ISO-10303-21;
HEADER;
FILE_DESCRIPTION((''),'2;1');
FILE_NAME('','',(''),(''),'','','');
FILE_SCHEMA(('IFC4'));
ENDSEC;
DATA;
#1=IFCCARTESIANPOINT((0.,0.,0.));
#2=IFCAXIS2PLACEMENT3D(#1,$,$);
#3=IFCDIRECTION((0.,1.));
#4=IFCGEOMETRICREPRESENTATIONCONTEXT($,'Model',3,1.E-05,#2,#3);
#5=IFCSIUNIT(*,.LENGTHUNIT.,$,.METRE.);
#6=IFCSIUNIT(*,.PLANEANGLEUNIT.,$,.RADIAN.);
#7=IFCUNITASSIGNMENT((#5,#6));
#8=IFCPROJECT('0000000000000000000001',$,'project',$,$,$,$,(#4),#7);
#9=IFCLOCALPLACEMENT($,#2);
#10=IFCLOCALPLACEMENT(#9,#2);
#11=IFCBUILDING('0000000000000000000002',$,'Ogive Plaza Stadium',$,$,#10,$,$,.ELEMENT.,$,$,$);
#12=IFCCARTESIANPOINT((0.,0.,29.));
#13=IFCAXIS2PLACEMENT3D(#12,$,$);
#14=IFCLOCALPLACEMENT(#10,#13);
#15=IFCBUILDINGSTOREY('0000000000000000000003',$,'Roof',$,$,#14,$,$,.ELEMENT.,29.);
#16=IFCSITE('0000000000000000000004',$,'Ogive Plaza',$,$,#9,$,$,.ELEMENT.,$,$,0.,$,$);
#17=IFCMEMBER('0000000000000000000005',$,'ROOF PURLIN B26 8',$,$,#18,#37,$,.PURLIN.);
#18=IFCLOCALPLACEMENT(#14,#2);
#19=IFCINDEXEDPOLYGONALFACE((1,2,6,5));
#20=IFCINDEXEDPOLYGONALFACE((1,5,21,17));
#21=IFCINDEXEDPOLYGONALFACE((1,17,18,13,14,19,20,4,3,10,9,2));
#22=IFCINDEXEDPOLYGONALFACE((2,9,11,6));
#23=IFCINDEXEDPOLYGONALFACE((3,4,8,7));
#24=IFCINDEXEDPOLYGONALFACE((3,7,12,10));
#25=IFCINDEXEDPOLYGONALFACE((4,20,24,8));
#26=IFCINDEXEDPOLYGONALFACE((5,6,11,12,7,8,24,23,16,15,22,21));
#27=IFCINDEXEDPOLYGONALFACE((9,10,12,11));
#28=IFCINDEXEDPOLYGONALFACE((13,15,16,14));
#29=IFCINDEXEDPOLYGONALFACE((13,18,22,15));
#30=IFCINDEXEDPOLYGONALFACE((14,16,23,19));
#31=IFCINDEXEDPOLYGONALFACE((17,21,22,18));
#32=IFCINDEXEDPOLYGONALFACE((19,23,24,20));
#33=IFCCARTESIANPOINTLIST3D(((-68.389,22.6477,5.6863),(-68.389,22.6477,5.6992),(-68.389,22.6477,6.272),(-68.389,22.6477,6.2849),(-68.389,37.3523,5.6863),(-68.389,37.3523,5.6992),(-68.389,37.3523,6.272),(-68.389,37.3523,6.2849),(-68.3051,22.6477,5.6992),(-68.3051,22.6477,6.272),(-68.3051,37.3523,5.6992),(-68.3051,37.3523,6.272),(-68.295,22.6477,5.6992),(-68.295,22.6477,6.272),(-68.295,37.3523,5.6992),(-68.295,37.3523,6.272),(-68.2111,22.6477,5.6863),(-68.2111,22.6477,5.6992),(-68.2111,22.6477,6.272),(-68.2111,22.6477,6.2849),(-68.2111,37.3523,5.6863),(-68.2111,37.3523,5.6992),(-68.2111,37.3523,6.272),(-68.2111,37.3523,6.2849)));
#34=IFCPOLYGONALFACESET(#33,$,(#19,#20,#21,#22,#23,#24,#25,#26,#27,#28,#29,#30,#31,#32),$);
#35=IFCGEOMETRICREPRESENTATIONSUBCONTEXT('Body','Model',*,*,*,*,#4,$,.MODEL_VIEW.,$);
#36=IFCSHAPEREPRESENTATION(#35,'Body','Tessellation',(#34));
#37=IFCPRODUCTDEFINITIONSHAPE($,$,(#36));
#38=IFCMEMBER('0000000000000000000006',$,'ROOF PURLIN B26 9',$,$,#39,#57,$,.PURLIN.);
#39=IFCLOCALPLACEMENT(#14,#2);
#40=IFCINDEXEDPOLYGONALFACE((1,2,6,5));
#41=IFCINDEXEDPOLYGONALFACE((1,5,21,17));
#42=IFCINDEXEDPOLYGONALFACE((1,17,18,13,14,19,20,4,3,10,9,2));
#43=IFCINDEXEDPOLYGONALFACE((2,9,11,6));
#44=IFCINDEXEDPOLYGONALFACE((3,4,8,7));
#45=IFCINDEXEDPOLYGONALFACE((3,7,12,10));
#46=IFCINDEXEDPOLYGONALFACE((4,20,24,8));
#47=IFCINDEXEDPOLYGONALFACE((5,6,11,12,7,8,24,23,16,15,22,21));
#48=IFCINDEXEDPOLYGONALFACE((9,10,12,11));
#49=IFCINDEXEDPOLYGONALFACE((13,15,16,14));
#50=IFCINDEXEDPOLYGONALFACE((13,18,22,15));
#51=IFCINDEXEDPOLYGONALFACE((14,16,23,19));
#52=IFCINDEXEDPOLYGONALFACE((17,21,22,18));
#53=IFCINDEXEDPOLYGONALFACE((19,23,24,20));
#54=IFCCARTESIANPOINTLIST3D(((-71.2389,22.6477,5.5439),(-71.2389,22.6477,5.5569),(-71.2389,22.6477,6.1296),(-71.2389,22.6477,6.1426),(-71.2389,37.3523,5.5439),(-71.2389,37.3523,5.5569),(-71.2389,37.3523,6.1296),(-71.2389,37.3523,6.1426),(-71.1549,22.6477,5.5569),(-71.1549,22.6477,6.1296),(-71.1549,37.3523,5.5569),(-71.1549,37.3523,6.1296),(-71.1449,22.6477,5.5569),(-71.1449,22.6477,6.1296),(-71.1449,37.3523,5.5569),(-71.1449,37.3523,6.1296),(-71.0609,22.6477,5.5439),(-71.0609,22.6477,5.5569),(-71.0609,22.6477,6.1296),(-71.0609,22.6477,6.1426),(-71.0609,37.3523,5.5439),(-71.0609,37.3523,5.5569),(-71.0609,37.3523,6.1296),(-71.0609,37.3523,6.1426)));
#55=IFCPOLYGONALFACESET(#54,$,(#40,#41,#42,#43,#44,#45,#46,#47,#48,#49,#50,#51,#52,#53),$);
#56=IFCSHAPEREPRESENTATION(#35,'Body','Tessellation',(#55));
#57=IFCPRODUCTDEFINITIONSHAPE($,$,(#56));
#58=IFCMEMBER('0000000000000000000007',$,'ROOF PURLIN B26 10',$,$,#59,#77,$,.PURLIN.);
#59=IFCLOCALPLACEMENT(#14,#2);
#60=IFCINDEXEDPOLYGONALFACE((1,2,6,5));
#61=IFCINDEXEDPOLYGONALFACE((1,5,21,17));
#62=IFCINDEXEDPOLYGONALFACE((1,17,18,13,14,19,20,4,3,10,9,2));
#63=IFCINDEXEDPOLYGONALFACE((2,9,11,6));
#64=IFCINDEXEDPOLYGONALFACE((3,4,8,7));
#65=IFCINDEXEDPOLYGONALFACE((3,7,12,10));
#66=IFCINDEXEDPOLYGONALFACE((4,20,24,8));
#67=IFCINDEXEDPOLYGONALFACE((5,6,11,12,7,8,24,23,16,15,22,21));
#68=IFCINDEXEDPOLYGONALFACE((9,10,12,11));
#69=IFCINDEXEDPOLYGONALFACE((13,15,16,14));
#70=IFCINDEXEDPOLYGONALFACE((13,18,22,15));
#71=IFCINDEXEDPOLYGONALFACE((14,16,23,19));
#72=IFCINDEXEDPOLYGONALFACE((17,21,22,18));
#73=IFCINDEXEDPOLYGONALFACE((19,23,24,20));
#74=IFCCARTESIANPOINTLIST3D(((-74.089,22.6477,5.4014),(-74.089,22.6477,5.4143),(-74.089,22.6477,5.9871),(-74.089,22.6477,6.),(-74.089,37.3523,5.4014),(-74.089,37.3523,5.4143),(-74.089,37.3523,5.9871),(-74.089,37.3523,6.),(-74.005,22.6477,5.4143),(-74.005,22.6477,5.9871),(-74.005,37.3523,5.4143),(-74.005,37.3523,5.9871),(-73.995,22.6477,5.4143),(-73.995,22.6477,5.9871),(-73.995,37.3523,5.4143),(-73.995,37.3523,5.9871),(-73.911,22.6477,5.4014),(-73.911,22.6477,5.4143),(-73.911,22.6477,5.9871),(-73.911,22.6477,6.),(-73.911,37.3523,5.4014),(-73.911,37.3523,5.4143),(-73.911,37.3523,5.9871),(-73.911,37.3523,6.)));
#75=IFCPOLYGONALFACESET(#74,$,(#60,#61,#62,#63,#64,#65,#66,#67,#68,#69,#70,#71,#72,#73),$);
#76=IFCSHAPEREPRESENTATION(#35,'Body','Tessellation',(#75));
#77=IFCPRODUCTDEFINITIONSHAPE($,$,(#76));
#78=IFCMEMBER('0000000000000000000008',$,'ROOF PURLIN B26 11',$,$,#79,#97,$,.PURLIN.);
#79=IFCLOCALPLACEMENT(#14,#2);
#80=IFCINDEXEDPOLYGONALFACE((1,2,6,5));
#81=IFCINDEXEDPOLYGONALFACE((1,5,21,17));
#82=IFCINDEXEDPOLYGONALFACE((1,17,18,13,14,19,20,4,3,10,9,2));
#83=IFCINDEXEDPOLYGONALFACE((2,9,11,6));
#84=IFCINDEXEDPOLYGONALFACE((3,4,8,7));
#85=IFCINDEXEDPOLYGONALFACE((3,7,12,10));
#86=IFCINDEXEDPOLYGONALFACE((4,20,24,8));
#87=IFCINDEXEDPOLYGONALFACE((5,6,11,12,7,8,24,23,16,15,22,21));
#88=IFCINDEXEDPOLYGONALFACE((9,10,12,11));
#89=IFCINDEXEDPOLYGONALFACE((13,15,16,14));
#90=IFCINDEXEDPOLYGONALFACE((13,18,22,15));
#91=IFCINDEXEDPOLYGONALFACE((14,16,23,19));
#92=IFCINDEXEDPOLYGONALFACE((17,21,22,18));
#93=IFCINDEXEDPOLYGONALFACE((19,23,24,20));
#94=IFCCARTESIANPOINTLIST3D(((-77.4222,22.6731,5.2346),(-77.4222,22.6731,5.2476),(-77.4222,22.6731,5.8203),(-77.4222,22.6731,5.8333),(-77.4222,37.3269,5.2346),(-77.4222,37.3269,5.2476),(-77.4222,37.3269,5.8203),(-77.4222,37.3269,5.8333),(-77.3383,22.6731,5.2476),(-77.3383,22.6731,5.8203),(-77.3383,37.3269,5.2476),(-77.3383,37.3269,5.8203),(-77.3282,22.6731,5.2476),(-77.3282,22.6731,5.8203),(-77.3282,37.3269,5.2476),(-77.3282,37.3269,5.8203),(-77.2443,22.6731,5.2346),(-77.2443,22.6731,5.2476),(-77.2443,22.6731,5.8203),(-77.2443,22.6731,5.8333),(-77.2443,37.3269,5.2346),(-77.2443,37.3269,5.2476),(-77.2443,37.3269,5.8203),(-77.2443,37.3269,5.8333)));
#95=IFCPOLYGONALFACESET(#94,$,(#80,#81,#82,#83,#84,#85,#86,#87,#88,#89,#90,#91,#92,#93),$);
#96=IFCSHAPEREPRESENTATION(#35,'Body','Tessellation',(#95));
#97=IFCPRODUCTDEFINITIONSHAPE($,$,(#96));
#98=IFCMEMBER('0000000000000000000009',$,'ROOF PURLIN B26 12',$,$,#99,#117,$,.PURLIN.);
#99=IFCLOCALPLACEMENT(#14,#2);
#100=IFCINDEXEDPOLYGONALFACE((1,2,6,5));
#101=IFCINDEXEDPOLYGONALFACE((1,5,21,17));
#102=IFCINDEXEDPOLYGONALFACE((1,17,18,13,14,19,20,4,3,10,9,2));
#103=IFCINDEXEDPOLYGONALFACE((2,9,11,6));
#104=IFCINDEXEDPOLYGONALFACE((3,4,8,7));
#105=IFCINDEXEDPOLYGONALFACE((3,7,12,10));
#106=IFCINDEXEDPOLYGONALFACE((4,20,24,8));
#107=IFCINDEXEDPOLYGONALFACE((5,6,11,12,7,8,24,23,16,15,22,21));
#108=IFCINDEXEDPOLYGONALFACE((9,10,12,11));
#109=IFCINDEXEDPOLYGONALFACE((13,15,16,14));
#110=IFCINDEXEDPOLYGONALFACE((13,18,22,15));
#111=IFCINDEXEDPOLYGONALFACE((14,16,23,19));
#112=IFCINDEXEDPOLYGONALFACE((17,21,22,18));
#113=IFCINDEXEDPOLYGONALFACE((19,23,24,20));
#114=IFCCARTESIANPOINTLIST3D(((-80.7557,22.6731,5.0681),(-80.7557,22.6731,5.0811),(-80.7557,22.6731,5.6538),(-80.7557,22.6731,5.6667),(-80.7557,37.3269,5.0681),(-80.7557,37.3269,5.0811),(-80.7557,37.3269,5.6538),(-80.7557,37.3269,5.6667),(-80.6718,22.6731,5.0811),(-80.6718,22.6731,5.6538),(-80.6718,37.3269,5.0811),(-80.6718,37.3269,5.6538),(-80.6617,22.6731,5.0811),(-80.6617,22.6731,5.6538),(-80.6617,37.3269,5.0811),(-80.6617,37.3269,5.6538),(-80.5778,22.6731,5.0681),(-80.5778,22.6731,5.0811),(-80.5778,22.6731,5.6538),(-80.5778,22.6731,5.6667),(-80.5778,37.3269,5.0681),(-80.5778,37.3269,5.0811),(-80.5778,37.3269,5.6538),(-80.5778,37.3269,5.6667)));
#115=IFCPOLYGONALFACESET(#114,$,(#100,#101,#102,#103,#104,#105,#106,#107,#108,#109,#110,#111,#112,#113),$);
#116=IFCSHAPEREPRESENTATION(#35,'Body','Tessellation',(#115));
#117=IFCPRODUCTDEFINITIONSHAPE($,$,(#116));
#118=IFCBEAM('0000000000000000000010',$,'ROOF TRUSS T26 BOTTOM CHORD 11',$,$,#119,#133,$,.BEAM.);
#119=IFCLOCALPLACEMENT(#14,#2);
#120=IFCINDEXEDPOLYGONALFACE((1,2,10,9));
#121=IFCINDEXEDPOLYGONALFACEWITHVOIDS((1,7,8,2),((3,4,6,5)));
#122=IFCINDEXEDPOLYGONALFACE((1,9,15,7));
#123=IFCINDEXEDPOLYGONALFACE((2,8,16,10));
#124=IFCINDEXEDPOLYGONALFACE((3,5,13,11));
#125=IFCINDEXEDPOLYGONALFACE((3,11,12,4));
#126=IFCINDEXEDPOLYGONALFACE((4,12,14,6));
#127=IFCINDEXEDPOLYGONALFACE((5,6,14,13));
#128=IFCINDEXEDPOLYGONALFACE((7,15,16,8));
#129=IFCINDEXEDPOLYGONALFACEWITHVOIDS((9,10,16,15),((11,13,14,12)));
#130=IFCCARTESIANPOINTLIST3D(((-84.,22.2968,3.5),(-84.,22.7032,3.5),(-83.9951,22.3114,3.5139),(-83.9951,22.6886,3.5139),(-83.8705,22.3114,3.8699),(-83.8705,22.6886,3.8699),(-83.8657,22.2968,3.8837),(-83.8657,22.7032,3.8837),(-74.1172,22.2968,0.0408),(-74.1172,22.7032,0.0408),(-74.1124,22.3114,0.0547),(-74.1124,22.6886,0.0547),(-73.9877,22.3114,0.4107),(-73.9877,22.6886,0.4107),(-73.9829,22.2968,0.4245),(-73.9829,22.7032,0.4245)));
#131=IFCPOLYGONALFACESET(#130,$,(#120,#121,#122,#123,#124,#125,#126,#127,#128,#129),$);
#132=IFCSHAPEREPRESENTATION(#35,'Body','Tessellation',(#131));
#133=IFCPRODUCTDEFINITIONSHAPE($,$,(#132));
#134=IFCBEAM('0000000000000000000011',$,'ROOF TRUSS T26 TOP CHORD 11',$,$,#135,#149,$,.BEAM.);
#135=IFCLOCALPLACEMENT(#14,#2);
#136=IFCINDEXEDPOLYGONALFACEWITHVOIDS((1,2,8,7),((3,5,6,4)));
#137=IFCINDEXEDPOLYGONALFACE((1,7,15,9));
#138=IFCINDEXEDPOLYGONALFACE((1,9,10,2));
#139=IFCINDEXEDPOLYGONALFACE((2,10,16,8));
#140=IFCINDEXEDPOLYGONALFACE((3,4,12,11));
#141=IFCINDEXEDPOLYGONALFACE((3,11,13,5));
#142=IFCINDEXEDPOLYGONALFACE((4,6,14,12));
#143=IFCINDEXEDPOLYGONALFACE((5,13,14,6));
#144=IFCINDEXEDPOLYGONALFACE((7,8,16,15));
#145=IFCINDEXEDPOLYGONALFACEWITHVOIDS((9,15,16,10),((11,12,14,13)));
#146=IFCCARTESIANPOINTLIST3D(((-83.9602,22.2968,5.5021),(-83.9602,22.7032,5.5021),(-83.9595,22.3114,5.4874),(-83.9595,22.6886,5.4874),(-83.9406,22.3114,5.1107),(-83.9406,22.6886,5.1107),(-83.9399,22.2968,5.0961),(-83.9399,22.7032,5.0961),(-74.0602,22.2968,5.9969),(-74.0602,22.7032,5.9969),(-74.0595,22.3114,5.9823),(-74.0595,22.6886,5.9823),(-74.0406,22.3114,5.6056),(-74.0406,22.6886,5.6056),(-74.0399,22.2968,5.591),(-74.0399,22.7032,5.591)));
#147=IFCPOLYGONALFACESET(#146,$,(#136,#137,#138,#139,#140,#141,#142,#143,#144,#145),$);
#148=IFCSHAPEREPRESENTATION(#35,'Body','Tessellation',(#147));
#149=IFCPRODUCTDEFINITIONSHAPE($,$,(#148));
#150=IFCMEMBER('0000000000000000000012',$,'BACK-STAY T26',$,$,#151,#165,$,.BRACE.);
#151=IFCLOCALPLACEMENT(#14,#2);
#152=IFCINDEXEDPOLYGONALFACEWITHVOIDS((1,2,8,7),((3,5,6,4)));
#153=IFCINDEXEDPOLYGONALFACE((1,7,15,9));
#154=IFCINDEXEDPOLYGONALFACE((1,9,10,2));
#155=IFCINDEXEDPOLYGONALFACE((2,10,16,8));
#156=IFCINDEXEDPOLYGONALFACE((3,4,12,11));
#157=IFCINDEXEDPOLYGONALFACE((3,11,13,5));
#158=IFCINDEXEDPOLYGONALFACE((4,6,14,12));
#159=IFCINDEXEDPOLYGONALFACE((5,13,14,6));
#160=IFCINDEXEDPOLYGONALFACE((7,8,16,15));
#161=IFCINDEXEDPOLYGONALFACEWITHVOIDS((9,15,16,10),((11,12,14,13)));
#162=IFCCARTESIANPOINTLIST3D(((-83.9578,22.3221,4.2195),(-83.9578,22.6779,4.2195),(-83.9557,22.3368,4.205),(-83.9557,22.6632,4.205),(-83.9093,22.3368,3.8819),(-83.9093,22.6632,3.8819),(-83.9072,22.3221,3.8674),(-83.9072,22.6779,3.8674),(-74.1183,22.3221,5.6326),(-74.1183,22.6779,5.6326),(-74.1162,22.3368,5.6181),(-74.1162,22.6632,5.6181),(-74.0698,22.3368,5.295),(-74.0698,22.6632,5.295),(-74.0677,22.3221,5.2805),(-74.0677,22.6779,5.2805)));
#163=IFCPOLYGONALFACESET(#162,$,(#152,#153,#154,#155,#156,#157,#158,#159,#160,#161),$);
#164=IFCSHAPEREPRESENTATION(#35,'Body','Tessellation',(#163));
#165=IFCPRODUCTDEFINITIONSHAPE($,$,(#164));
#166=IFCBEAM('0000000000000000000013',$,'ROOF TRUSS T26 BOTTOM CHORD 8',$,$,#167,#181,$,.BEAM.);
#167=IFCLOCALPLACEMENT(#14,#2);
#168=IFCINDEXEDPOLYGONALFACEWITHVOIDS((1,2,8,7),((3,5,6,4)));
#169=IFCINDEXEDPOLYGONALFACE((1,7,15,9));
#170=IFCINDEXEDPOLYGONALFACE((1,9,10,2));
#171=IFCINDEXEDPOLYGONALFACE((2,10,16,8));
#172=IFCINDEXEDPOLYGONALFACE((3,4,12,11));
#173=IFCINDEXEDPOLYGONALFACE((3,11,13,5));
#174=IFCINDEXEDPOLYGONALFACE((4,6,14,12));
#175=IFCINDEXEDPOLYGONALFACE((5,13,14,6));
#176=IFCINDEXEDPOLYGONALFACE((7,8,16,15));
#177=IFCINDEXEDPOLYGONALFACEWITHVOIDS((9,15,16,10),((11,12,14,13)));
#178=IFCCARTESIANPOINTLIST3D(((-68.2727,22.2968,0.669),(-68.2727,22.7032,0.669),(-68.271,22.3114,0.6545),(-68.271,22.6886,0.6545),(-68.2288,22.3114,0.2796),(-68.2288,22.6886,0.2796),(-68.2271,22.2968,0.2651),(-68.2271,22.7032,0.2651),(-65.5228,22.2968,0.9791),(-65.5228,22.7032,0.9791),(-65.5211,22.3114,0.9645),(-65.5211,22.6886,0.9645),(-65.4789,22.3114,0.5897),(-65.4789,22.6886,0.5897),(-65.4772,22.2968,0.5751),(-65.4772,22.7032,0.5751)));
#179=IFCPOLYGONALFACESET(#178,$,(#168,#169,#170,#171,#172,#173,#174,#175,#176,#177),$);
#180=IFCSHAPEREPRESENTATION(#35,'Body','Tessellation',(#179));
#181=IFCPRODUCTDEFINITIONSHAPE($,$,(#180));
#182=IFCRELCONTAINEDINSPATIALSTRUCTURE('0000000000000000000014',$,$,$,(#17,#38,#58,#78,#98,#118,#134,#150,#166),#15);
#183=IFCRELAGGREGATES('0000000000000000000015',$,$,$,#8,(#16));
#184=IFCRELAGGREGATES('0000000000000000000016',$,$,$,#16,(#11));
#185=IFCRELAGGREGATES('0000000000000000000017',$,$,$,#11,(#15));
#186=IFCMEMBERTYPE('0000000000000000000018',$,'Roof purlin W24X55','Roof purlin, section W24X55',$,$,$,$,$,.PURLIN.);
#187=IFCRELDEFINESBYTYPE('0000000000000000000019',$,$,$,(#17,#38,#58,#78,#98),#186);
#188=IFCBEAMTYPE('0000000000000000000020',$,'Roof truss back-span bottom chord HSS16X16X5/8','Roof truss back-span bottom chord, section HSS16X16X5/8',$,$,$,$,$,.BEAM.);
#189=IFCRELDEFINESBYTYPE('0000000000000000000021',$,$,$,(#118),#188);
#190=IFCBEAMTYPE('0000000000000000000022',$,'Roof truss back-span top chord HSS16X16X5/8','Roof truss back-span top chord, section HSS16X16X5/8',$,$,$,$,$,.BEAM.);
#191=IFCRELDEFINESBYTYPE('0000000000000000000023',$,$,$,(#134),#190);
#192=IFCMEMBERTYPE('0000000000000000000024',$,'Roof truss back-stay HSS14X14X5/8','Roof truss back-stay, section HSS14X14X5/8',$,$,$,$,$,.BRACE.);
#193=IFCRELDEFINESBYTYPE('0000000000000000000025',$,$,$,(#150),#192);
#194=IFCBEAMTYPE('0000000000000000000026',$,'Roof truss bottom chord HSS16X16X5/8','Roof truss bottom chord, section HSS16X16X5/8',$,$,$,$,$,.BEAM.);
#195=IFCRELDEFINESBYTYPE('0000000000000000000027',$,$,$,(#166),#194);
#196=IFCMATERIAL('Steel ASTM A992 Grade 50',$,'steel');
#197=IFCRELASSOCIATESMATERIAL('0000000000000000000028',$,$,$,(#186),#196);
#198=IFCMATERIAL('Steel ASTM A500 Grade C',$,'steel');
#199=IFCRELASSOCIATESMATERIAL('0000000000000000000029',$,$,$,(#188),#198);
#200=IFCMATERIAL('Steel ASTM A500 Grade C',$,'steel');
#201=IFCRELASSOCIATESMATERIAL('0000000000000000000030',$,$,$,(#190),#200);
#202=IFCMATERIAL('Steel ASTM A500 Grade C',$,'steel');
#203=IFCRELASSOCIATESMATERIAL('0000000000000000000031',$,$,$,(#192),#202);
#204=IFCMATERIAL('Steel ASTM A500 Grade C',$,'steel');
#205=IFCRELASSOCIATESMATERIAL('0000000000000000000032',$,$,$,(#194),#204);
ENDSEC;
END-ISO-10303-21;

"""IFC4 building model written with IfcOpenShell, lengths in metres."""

from ifc_helpers import new_model, si_unit, direction, frame, origin, origin_2d, place, context, subcontext, project, spatial, hollow_rectangle, i_section, extrude, material, material_profile, profile_set, type_object, element, save


model = new_model("IFC4")

# Units and contexts
model_context = context("Model", 3, precision=1e-05, world=origin(), true_north=direction((0.0, 1.0)))
body_context = subcontext(model_context, "Body", "Model", "MODEL_VIEW")
ifc_project = project(units=[si_unit("LENGTHUNIT", "METRE"), si_unit("PLANEANGLEUNIT", "RADIAN")], contexts=[model_context])

# Site, building, storey
site_placement = place(None, origin())
site = spatial("IfcSite", under=ifc_project, at=site_placement, Name="Ogive Plaza", CompositionType="ELEMENT", RefElevation=0.0)
building_placement = place(site_placement, origin())
building = spatial("IfcBuilding", under=site, at=building_placement, Name="Ogive Plaza Stadium", CompositionType="ELEMENT")
storey_placement = place(building_placement, frame((0.0, 0.0, 29.0)))
storey = spatial("IfcBuildingStorey", under=building, at=storey_placement, Name="Roof", CompositionType="ELEMENT", Elevation=29.0)

# Members
ifc_material_1 = material(Name="Steel ASTM A992 Grade 50", Category="steel")
ifc_material_profile_1 = material_profile(ifc_material_1, i_section(OverallWidth=0.178, OverallDepth=0.5986, WebThickness=0.01, FlangeThickness=0.0129, at=origin_2d()), Name="W24X55")
ifc_profile_set_1 = profile_set([ifc_material_profile_1], Name="Steel ASTM A992 Grade 50")
member_type_1 = type_object("IfcMemberType", Name="Roof purlin W24X55", Description="Roof purlin, section W24X55", PredefinedType="PURLIN", material=ifc_profile_set_1)
for number, where, z_axis, x_axis, name in (
    (1, (-68.3, 22.6477, 5.9856), (0.0, 1.0, 0.0), (-1.0, 0.0, 0.0), "ROOF PURLIN B26 8"),
    (2, (-71.1499, 22.6477, 5.8433), (0.0, 1.0, 0.0), (-1.0, 0.0, 0.0), "ROOF PURLIN B26 9"),
    (3, (-74.0, 22.6477, 5.7007), (0.0, 1.0, 0.0), (-1.0, 0.0, 0.0), "ROOF PURLIN B26 10"),
):
    element("IfcMember", number, at=place(storey_placement, frame(where, z_axis=z_axis, x_axis=x_axis)), inside=storey, type_object=member_type_1, Name=name, PredefinedType="PURLIN", context=body_context, shape_type="SweptSolid", body=[
        extrude(i_section(OverallWidth=0.178, OverallDepth=0.5986, WebThickness=0.01, FlangeThickness=0.0129, at=origin_2d()), origin(), (0.0, 0.0, 1.0), 14.7046),
    ])
for number, where, z_axis, x_axis, name in (
    (4, (-77.3333, 22.6731, 5.5339), (0.0, 1.0, 0.0), (-1.0, 0.0, 0.0), "ROOF PURLIN B26 11"),
    (5, (-80.6667, 22.6731, 5.3674), (0.0, 1.0, 0.0), (-1.0, 0.0, 0.0), "ROOF PURLIN B26 12"),
):
    element("IfcMember", number, at=place(storey_placement, frame(where, z_axis=z_axis, x_axis=x_axis)), inside=storey, type_object=member_type_1, Name=name, PredefinedType="PURLIN", context=body_context, shape_type="SweptSolid", body=[
        extrude(i_section(OverallWidth=0.178, OverallDepth=0.5986, WebThickness=0.01, FlangeThickness=0.0129, at=origin_2d()), origin(), (0.0, 0.0, 1.0), 14.6538),
    ])

# Beams
ifc_material_2 = material(Name="Steel ASTM A500 Grade C", Category="steel")
ifc_material_profile_2 = material_profile(ifc_material_2, hollow_rectangle(XDim=0.4065, YDim=0.4065, WallThickness=0.0146, at=origin_2d()), Name="HSS16X16X5/8")
ifc_profile_set_2 = profile_set([ifc_material_profile_2], Name="Steel ASTM A500 Grade C")
beam_type_1 = type_object("IfcBeamType", Name="Roof truss back-span bottom chord HSS16X16X5/8", Description="Roof truss back-span bottom chord, section HSS16X16X5/8", PredefinedType="BEAM", material=ifc_profile_set_2)
beam_1_placement = place(storey_placement, frame((-74.05, 22.5, 0.2327), z_axis=(-0.943851, 0.0, 0.330371), x_axis=(0.0, -1.0, 0.0)))
element("IfcBeam", 6, at=beam_1_placement, inside=storey, type_object=beam_type_1, Name="ROOF TRUSS T26 BOTTOM CHORD 11", PredefinedType="BEAM", context=body_context, shape_type="SweptSolid", body=[
    extrude(hollow_rectangle(XDim=0.4065, YDim=0.4065, WallThickness=0.0146, at=origin_2d()), origin(), (0.0, 0.0, 1.0), 10.4707),
])
ifc_material_3 = material(Name="Steel ASTM A500 Grade C", Category="steel")
ifc_material_profile_3 = material_profile(ifc_material_3, hollow_rectangle(XDim=0.4065, YDim=0.4065, WallThickness=0.0146, at=origin_2d()), Name="HSS16X16X5/8")
ifc_profile_set_3 = profile_set([ifc_material_profile_3], Name="Steel ASTM A500 Grade C")
beam_type_2 = type_object("IfcBeamType", Name="Roof truss back-span top chord HSS16X16X5/8", Description="Roof truss back-span top chord, section HSS16X16X5/8", PredefinedType="BEAM", material=ifc_profile_set_3)
beam_2_placement = place(storey_placement, frame((-74.05, 22.5, 5.7939), z_axis=(-0.998753, 0.0, -0.049925), x_axis=(0.0, -1.0, 0.0)))
element("IfcBeam", 7, at=beam_2_placement, inside=storey, type_object=beam_type_2, Name="ROOF TRUSS T26 TOP CHORD 11", PredefinedType="BEAM", context=body_context, shape_type="SweptSolid", body=[
    extrude(hollow_rectangle(XDim=0.4065, YDim=0.4065, WallThickness=0.0146, at=origin_2d()), origin(), (0.0, 0.0, 1.0), 9.9124),
])

# Member
ifc_material_4 = material(Name="Steel ASTM A500 Grade C", Category="steel")
ifc_material_profile_4 = material_profile(ifc_material_4, hollow_rectangle(XDim=0.3557, YDim=0.3557, WallThickness=0.0146, at=origin_2d()), Name="HSS14X14X5/8")
ifc_profile_set_4 = profile_set([ifc_material_profile_4], Name="Steel ASTM A500 Grade C")
member_type_2 = type_object("IfcMemberType", Name="Roof truss back-stay HSS14X14X5/8", Description="Roof truss back-stay, section HSS14X14X5/8", PredefinedType="BRACE", material=ifc_profile_set_4)
member_1_placement = place(storey_placement, frame((-74.093, 22.5, 5.4565), z_axis=(-0.989844, 0.0, -0.142157), x_axis=(0.0, -1.0, 0.0)))
element("IfcMember", 8, at=member_1_placement, inside=storey, type_object=member_type_2, Name="BACK-STAY T26", PredefinedType="BRACE", context=body_context, shape_type="SweptSolid", body=[
    extrude(hollow_rectangle(XDim=0.3557, YDim=0.3557, WallThickness=0.0146, at=origin_2d()), origin(), (0.0, 0.0, 1.0), 9.9404),
])

# Beam
ifc_material_5 = material(Name="Steel ASTM A500 Grade C", Category="steel")
ifc_material_profile_5 = material_profile(ifc_material_5, hollow_rectangle(XDim=0.4065, YDim=0.4065, WallThickness=0.0146, at=origin_2d()), Name="HSS16X16X5/8")
ifc_profile_set_5 = profile_set([ifc_material_profile_5], Name="Steel ASTM A500 Grade C")
beam_type_3 = type_object("IfcBeamType", Name="Roof truss bottom chord HSS16X16X5/8", Description="Roof truss bottom chord, section HSS16X16X5/8", PredefinedType="BEAM", material=ifc_profile_set_5)
beam_3_placement = place(storey_placement, frame((-65.5, 22.5, 0.7771), z_axis=(-0.993704, 0.0, -0.112039), x_axis=(0.0, -1.0, 0.0)))
element("IfcBeam", 9, at=beam_3_placement, inside=storey, type_object=beam_type_3, Name="ROOF TRUSS T26 BOTTOM CHORD 8", PredefinedType="BEAM", context=body_context, shape_type="SweptSolid", body=[
    extrude(hollow_rectangle(XDim=0.4065, YDim=0.4065, WallThickness=0.0146, at=origin_2d()), origin(), (0.0, 0.0, 1.0), 2.7673),
])

save(model, "model.ifc")
